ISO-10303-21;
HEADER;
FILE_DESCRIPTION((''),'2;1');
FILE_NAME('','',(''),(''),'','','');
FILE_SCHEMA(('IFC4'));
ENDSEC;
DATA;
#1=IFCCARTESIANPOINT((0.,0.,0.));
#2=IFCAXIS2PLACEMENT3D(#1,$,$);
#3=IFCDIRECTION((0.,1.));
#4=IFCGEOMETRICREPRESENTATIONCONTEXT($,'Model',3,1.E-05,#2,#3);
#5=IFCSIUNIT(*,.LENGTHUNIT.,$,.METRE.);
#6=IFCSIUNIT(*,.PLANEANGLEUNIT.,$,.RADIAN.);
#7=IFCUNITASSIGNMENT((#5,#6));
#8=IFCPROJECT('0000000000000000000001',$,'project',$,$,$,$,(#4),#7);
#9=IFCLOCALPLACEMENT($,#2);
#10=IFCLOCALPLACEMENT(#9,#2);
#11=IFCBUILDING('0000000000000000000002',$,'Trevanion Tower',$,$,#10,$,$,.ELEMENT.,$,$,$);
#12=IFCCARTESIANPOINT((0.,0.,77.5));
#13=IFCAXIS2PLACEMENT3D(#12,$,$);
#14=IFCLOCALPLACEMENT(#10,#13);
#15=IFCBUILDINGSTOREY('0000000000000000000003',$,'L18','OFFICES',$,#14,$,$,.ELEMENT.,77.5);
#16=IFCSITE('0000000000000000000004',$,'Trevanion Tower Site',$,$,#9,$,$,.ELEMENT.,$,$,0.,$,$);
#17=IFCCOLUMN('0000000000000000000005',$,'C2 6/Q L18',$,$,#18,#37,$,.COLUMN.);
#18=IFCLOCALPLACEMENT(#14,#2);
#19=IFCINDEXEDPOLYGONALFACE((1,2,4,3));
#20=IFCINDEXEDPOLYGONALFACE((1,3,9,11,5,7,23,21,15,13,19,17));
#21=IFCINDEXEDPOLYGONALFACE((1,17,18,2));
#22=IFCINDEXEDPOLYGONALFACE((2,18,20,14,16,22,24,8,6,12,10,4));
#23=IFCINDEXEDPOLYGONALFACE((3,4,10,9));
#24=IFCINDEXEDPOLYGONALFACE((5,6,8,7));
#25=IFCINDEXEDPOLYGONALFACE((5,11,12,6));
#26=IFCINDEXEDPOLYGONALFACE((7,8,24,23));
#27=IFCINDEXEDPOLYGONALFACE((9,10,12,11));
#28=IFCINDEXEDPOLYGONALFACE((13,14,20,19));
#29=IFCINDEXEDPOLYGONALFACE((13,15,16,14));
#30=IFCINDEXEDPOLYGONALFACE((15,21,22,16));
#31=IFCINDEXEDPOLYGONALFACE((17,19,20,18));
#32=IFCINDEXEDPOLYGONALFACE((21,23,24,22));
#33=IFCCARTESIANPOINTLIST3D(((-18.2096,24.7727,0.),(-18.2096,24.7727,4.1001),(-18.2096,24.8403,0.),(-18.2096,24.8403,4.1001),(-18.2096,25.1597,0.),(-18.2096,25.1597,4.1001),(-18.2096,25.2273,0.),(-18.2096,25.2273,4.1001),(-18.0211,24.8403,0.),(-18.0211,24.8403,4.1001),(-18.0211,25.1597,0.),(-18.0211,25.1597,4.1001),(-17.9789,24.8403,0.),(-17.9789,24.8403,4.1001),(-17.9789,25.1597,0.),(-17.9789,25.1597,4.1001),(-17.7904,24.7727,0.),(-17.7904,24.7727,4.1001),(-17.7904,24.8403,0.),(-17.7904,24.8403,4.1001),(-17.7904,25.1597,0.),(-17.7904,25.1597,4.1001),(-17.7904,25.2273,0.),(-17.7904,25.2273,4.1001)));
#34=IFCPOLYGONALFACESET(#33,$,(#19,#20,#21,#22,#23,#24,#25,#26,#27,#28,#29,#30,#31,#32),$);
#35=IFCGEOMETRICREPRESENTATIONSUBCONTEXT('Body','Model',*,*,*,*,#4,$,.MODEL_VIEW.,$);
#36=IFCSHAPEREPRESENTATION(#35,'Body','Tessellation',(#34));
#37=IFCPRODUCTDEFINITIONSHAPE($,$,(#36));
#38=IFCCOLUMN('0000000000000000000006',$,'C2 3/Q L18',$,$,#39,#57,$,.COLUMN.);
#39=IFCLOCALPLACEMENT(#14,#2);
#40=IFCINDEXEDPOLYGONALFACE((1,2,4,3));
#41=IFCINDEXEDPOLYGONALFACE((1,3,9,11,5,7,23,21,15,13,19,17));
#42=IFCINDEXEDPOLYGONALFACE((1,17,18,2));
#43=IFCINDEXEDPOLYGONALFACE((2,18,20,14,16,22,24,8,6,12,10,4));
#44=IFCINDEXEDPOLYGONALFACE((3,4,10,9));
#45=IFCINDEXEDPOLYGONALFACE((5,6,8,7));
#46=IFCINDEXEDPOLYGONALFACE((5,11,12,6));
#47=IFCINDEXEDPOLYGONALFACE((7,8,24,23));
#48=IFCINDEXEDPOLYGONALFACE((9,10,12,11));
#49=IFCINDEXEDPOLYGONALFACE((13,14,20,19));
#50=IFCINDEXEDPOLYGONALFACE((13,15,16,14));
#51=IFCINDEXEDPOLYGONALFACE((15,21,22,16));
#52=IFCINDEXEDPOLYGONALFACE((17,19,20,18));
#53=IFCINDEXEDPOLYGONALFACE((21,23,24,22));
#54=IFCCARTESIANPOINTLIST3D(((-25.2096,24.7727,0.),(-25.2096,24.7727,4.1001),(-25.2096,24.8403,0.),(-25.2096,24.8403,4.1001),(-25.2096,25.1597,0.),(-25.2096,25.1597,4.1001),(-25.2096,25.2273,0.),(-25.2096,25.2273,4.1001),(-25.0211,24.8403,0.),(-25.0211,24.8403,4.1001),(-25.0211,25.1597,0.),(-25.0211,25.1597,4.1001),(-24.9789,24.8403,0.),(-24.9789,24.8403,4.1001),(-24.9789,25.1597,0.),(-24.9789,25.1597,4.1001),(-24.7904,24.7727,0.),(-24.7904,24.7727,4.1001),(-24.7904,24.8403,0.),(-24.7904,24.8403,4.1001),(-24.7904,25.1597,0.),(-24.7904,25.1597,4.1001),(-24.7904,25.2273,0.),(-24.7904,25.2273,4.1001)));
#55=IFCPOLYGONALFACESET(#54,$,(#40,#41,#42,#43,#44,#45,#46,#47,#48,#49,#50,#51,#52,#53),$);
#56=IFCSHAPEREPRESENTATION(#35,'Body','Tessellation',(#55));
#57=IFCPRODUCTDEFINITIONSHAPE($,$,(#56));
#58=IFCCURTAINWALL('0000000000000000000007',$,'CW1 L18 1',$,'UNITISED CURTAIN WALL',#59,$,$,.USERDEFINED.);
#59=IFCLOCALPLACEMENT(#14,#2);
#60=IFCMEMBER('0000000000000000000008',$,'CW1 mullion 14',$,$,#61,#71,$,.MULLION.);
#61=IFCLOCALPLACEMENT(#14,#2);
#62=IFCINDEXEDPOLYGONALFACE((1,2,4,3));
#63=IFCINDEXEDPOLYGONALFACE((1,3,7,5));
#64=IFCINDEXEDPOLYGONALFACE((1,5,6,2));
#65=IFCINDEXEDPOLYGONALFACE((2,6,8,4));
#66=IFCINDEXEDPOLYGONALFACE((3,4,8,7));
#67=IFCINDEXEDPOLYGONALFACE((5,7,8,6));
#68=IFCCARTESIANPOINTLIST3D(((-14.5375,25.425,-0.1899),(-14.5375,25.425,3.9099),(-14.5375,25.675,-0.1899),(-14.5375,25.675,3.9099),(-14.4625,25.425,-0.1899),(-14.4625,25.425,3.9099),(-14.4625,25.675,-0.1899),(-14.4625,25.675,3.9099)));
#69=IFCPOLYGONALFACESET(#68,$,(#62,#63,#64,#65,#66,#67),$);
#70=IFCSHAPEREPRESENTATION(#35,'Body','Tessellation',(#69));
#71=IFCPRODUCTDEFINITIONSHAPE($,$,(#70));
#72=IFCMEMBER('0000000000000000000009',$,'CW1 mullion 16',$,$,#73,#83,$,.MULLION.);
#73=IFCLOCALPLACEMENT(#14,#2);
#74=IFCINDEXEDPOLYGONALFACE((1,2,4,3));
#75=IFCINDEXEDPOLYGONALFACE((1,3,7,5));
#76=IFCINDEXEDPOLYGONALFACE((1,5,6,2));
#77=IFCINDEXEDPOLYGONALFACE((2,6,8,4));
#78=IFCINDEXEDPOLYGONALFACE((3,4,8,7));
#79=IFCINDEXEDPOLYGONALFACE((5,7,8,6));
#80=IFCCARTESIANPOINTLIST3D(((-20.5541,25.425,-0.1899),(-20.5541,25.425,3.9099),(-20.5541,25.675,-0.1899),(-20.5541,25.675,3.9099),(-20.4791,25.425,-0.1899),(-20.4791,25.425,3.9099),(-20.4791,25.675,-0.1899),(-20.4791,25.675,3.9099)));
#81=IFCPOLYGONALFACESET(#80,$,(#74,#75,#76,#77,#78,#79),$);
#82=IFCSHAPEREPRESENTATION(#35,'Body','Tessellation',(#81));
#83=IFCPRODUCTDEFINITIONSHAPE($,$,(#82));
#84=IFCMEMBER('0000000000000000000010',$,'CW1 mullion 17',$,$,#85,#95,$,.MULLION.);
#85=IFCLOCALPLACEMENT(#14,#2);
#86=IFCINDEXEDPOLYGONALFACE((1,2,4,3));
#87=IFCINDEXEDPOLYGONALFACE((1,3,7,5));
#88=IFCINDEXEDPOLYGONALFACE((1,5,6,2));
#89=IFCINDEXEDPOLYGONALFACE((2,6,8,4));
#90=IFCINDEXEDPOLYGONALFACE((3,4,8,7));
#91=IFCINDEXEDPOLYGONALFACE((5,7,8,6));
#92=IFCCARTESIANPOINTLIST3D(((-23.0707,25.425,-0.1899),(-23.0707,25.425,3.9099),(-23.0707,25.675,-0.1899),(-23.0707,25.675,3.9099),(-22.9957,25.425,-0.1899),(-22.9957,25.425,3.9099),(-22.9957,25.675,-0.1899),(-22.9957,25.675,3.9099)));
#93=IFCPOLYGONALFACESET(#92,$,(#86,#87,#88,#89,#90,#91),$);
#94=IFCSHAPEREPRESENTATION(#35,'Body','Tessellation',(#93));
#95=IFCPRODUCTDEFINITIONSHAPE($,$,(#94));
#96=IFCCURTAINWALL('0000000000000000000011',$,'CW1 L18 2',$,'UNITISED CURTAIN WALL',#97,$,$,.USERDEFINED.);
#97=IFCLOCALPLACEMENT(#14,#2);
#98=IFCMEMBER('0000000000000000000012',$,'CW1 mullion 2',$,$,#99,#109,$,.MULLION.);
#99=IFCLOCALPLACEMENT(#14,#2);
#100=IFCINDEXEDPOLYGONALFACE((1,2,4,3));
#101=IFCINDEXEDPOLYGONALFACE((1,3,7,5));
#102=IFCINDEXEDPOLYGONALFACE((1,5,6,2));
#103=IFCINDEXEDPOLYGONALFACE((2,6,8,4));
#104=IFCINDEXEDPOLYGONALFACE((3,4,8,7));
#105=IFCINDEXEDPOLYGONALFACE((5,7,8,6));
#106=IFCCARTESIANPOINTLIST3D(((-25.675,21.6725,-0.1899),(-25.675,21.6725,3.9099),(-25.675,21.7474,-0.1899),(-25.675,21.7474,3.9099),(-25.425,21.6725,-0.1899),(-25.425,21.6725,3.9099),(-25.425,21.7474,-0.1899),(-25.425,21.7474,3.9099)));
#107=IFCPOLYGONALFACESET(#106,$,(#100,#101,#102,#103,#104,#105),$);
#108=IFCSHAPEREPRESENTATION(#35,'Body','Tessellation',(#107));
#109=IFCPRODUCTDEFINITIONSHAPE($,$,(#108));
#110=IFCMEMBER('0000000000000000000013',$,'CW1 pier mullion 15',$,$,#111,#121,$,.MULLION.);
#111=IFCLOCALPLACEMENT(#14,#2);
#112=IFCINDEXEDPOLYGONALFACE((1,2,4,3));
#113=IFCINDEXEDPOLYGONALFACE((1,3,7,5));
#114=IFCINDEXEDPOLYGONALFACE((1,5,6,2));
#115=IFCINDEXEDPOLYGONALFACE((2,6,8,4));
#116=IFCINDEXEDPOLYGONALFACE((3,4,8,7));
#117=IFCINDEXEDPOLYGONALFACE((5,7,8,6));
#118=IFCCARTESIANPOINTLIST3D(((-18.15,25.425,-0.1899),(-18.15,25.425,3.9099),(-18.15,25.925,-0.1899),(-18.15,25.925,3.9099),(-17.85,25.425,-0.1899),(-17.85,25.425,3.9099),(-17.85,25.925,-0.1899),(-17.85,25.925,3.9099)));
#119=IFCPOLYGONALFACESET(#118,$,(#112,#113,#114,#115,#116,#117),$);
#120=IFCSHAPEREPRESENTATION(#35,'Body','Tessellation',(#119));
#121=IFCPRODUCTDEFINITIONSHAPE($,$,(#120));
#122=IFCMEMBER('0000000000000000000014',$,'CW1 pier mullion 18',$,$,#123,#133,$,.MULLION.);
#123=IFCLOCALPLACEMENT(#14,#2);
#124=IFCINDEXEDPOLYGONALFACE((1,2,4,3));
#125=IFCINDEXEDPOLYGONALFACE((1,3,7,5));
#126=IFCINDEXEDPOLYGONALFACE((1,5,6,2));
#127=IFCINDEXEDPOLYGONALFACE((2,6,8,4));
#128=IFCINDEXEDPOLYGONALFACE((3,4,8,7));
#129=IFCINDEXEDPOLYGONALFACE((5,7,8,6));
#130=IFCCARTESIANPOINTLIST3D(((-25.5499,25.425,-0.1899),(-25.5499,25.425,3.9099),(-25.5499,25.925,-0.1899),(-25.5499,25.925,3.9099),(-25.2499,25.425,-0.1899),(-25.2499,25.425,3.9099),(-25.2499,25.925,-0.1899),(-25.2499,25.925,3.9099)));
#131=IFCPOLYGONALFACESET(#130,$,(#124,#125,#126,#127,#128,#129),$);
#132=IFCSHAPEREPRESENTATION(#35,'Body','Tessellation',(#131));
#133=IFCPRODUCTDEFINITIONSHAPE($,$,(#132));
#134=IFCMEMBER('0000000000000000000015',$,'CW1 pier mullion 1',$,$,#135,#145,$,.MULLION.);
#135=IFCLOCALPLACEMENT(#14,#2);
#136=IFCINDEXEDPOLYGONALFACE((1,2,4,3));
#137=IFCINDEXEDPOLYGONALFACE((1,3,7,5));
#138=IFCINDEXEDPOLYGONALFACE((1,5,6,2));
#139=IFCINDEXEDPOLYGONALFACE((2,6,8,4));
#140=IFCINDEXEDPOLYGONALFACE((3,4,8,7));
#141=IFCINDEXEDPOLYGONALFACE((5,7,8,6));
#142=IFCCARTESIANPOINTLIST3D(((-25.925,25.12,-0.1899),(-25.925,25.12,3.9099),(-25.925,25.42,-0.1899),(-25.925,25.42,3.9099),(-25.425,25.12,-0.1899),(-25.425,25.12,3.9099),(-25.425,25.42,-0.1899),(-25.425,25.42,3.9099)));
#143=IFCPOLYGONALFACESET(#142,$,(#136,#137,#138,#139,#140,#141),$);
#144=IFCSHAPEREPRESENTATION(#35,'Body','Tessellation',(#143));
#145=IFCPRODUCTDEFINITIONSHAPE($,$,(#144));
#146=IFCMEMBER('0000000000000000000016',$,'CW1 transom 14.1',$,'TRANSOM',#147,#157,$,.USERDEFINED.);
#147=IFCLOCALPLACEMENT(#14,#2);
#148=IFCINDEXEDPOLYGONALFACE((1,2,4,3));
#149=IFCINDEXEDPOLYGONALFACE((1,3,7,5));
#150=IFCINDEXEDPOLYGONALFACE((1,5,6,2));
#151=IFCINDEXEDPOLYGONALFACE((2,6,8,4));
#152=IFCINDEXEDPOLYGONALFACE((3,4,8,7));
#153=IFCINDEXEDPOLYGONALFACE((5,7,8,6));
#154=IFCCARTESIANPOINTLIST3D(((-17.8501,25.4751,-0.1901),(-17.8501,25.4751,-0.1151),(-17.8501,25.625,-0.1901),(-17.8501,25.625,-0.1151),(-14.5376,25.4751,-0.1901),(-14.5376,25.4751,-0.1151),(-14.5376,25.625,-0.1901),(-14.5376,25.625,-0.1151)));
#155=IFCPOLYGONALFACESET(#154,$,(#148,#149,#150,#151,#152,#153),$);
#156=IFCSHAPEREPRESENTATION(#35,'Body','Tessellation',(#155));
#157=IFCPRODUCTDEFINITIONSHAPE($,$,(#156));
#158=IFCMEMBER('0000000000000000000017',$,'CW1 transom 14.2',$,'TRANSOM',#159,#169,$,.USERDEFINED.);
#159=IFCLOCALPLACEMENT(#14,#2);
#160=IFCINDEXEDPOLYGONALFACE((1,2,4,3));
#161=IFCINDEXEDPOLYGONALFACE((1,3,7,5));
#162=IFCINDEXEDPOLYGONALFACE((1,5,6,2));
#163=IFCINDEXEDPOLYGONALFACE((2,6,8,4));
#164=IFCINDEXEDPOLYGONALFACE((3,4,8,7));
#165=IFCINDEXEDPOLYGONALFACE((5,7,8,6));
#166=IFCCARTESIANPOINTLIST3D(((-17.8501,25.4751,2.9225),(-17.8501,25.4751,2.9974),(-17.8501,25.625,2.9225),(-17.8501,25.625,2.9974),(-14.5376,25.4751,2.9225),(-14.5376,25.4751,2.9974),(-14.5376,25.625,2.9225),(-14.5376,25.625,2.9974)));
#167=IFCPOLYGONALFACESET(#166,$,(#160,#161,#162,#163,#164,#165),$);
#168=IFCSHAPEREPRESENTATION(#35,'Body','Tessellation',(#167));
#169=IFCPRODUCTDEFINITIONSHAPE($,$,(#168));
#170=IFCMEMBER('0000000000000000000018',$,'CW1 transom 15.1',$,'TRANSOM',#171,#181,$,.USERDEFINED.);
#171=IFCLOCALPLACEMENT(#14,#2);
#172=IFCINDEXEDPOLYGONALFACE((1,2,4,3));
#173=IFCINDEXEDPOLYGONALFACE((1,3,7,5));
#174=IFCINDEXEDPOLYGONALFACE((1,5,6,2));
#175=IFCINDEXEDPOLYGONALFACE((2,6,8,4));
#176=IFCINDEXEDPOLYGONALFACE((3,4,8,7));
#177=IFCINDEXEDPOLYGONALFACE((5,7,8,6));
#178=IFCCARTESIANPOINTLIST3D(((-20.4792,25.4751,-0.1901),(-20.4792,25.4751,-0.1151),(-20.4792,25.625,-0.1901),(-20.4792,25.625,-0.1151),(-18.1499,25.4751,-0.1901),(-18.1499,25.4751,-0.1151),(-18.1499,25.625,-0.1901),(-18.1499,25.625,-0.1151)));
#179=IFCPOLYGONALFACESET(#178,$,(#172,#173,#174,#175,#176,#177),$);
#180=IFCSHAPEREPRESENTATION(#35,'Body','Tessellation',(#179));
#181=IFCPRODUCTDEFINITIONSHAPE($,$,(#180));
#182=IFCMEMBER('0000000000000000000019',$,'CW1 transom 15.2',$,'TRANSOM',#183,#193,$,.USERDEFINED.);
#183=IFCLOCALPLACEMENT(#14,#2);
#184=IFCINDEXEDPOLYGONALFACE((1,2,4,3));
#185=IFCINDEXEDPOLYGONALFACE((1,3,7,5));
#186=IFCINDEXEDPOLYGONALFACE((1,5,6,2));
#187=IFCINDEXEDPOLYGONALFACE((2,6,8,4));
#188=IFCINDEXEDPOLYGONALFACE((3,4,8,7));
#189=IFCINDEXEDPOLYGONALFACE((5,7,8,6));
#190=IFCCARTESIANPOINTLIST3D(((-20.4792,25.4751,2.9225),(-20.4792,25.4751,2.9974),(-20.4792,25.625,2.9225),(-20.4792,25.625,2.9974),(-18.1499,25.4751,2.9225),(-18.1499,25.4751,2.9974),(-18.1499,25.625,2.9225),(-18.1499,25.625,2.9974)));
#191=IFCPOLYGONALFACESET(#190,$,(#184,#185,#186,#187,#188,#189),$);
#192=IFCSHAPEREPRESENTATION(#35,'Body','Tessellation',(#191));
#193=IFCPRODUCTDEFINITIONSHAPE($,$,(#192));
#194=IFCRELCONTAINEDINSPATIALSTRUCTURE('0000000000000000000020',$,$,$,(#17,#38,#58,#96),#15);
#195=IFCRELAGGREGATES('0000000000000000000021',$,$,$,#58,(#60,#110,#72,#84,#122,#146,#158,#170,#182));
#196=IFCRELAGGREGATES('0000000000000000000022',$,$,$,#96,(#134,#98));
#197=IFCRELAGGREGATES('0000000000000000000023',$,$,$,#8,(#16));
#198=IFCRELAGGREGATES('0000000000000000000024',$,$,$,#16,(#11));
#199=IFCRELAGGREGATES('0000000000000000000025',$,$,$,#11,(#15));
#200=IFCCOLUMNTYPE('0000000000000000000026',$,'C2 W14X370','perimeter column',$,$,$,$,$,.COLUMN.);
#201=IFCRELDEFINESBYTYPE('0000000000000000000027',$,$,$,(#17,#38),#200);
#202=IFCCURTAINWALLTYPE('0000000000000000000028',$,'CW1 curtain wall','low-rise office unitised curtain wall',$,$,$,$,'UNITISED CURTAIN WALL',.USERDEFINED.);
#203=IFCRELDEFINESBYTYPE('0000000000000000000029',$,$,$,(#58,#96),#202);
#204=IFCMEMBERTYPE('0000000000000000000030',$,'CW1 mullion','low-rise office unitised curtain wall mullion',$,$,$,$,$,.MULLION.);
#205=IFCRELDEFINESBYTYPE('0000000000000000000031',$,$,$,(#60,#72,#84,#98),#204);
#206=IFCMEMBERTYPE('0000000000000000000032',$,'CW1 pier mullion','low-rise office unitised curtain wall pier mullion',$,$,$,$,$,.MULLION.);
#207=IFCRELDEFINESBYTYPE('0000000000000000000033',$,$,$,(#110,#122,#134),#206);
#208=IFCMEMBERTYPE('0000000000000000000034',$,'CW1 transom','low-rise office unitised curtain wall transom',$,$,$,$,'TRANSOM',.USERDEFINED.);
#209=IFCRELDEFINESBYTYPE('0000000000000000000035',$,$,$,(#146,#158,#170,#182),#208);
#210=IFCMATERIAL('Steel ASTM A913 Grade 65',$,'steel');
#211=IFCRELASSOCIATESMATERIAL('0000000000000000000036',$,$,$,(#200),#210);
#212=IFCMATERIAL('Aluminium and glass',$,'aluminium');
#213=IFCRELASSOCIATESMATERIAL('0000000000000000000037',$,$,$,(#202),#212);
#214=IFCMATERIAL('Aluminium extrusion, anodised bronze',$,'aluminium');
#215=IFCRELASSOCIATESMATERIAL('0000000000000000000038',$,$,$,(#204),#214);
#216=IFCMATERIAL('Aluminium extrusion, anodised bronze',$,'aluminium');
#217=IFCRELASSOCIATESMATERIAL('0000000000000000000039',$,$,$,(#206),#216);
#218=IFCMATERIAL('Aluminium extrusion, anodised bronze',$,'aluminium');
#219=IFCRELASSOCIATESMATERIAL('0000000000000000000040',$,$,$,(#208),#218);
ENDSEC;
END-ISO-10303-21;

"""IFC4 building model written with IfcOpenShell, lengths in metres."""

from ifc_helpers import new_model, si_unit, direction, frame, origin, origin_2d, place, context, subcontext, project, spatial, rectangle, i_section, extrude, material, material_profile, profile_set, type_object, element, aggregate, save


model = new_model("IFC4")

# Units and contexts
model_context = context("Model", 3, precision=1e-05, world=origin(), true_north=direction((0.0, 1.0)))
body_context = subcontext(model_context, "Body", "Model", "MODEL_VIEW")
ifc_project = project(units=[si_unit("LENGTHUNIT", "METRE"), si_unit("PLANEANGLEUNIT", "RADIAN")], contexts=[model_context])

# Site, building, storey
site_placement = place(None, origin())
site = spatial("IfcSite", under=ifc_project, at=site_placement, Name="Trevanion Tower Site", CompositionType="ELEMENT", RefElevation=0.0)
building_placement = place(site_placement, origin())
building = spatial("IfcBuilding", under=site, at=building_placement, Name="Trevanion Tower", CompositionType="ELEMENT")
storey_placement = place(building_placement, frame((0.0, 0.0, 77.5)))
storey = spatial("IfcBuildingStorey", under=building, at=storey_placement, Name="L18", Description="OFFICES", CompositionType="ELEMENT", Elevation=77.5)

# Columns
ifc_material_1 = material(Name="Steel ASTM A913 Grade 65", Category="steel")
ifc_material_profile_1 = material_profile(ifc_material_1, i_section(OverallWidth=0.4192, OverallDepth=0.4546, WebThickness=0.0422, FlangeThickness=0.0676, at=origin_2d()), Name="W14X370")
ifc_profile_set_1 = profile_set([ifc_material_profile_1], Name="Steel ASTM A913 Grade 65")
column_type = type_object("IfcColumnType", Name="C2 W14X370", Description="perimeter column", PredefinedType="COLUMN", material=ifc_profile_set_1)
for number, where, z_axis, x_axis, name in (
    (1, (-18.0, 25.0, 0.0), (0.0, 0.0, 1.0), (1.0, 0.0, 0.0), "C2 6/Q L18"),
    (2, (-25.0, 25.0, 0.0), (0.0, 0.0, 1.0), (1.0, 0.0, 0.0), "C2 3/Q L18"),
):
    element("IfcColumn", number, at=place(storey_placement, frame(where, z_axis=z_axis, x_axis=x_axis)), inside=storey, type_object=column_type, Name=name, PredefinedType="COLUMN", context=body_context, shape_type="SweptSolid", body=[
        extrude(i_section(OverallWidth=0.4192, OverallDepth=0.4546, WebThickness=0.0422, FlangeThickness=0.0676, at=origin_2d()), origin(), (0.0, 0.0, 1.0), 4.1001),
    ])

# Curtain wall, members
ifc_material_2 = material(Name="Aluminium and glass", Category="aluminium")
curtain_wall_type = type_object("IfcCurtainWallType", Name="CW1 curtain wall", Description="low-rise office unitised curtain wall", ElementType="UNITISED CURTAIN WALL", PredefinedType="USERDEFINED", material=ifc_material_2)
curtain_wall_1_placement = place(storey_placement, origin())
curtain_wall_1 = element("IfcCurtainWall", 3, at=curtain_wall_1_placement, inside=storey, type_object=curtain_wall_type, Name="CW1 L18 1", ObjectType="UNITISED CURTAIN WALL", PredefinedType="USERDEFINED")
ifc_material_3 = material(Name="Aluminium extrusion, anodised bronze", Category="aluminium")
ifc_material_profile_2 = material_profile(ifc_material_3, rectangle(XDim=0.075, YDim=0.25, at=origin_2d()), Name="CW1 mullion")
ifc_profile_set_2 = profile_set([ifc_material_profile_2], Name="Aluminium extrusion, anodised bronze")
member_type_1 = type_object("IfcMemberType", Name="CW1 mullion", Description="low-rise office unitised curtain wall mullion", PredefinedType="MULLION", material=ifc_profile_set_2)
member_1_placement = place(storey_placement, frame((-14.5, 25.55, -0.1899), z_axis=(0.0, 0.0, 1.0), x_axis=(-1.0, 0.0, 0.0)))
member_1 = element("IfcMember", 4, at=member_1_placement, type_object=member_type_1, Name="CW1 mullion 14", PredefinedType="MULLION", context=body_context, shape_type="SweptSolid", body=[
    extrude(rectangle(XDim=0.075, YDim=0.25, at=origin_2d()), origin(), (0.0, 0.0, 1.0), 4.0999),
])
member_2_placement = place(storey_placement, frame((-20.5166, 25.55, -0.1899), z_axis=(0.0, 0.0, 1.0), x_axis=(-1.0, 0.0, 0.0)))
member_2 = element("IfcMember", 5, at=member_2_placement, type_object=member_type_1, Name="CW1 mullion 16", PredefinedType="MULLION", context=body_context, shape_type="SweptSolid", body=[
    extrude(rectangle(XDim=0.075, YDim=0.25, at=origin_2d()), origin(), (0.0, 0.0, 1.0), 4.0999),
])
member_3_placement = place(storey_placement, frame((-23.0332, 25.55, -0.1899), z_axis=(0.0, 0.0, 1.0), x_axis=(-1.0, 0.0, 0.0)))
member_3 = element("IfcMember", 6, at=member_3_placement, type_object=member_type_1, Name="CW1 mullion 17", PredefinedType="MULLION", context=body_context, shape_type="SweptSolid", body=[
    extrude(rectangle(XDim=0.075, YDim=0.25, at=origin_2d()), origin(), (0.0, 0.0, 1.0), 4.0999),
])

# Curtain wall, member
curtain_wall_2_placement = place(storey_placement, origin())
curtain_wall_2 = element("IfcCurtainWall", 7, at=curtain_wall_2_placement, inside=storey, type_object=curtain_wall_type, Name="CW1 L18 2", ObjectType="UNITISED CURTAIN WALL", PredefinedType="USERDEFINED")
member_4_placement = place(storey_placement, frame((-25.55, 21.71, -0.1899), z_axis=(0.0, 0.0, 1.0), x_axis=(0.0, -1.0, 0.0)))
member_4 = element("IfcMember", 8, at=member_4_placement, type_object=member_type_1, Name="CW1 mullion 2", PredefinedType="MULLION", context=body_context, shape_type="SweptSolid", body=[
    extrude(rectangle(XDim=0.075, YDim=0.25, at=origin_2d()), origin(), (0.0, 0.0, 1.0), 4.0999),
])

# Members
ifc_material_4 = material(Name="Aluminium extrusion, anodised bronze", Category="aluminium")
ifc_material_profile_3 = material_profile(ifc_material_4, rectangle(XDim=0.3, YDim=0.5, at=origin_2d()), Name="CW1 pier mullion")
ifc_profile_set_3 = profile_set([ifc_material_profile_3], Name="Aluminium extrusion, anodised bronze")
member_type_2 = type_object("IfcMemberType", Name="CW1 pier mullion", Description="low-rise office unitised curtain wall pier mullion", PredefinedType="MULLION", material=ifc_profile_set_3)
member_5_placement = place(storey_placement, frame((-18.0, 25.675, -0.1899), z_axis=(0.0, 0.0, 1.0), x_axis=(-1.0, 0.0, 0.0)))
member_5 = element("IfcMember", 9, at=member_5_placement, type_object=member_type_2, Name="CW1 pier mullion 15", PredefinedType="MULLION", context=body_context, shape_type="SweptSolid", body=[
    extrude(rectangle(XDim=0.3, YDim=0.5, at=origin_2d()), origin(), (0.0, 0.0, 1.0), 4.0999),
])
member_6_placement = place(storey_placement, frame((-25.3999, 25.675, -0.1899), z_axis=(0.0, 0.0, 1.0), x_axis=(-1.0, 0.0, 0.0)))
member_6 = element("IfcMember", 10, at=member_6_placement, type_object=member_type_2, Name="CW1 pier mullion 18", PredefinedType="MULLION", context=body_context, shape_type="SweptSolid", body=[
    extrude(rectangle(XDim=0.3, YDim=0.5, at=origin_2d()), origin(), (0.0, 0.0, 1.0), 4.0999),
])
member_7_placement = place(storey_placement, frame((-25.675, 25.27, -0.1899), z_axis=(0.0, 0.0, 1.0), x_axis=(0.0, -1.0, 0.0)))
member_7 = element("IfcMember", 11, at=member_7_placement, type_object=member_type_2, Name="CW1 pier mullion 1", PredefinedType="MULLION", context=body_context, shape_type="SweptSolid", body=[
    extrude(rectangle(XDim=0.3, YDim=0.5, at=origin_2d()), origin(), (0.0, 0.0, 1.0), 4.0999),
])
ifc_material_5 = material(Name="Aluminium extrusion, anodised bronze", Category="aluminium")
ifc_material_profile_4 = material_profile(ifc_material_5, rectangle(XDim=0.1499, YDim=0.075, at=origin_2d()), Name="CW1 transom")
ifc_profile_set_4 = profile_set([ifc_material_profile_4], Name="Aluminium extrusion, anodised bronze")
member_type_3 = type_object("IfcMemberType", Name="CW1 transom", Description="low-rise office unitised curtain wall transom", ElementType="TRANSOM", PredefinedType="USERDEFINED", material=ifc_profile_set_4)
member_8_placement = place(storey_placement, frame((-14.5376, 25.55, -0.1526), z_axis=(-1.0, 0.0, 0.0), x_axis=(0.0, -1.0, 0.0)))
member_8 = element("IfcMember", 12, at=member_8_placement, type_object=member_type_3, Name="CW1 transom 14.1", ObjectType="TRANSOM", PredefinedType="USERDEFINED", context=body_context, shape_type="SweptSolid", body=[
    extrude(rectangle(XDim=0.1499, YDim=0.075, at=origin_2d()), origin(), (0.0, 0.0, 1.0), 3.3125),
])
member_9_placement = place(storey_placement, frame((-14.5376, 25.55, 2.96), z_axis=(-1.0, 0.0, 0.0), x_axis=(0.0, -1.0, 0.0)))
member_9 = element("IfcMember", 13, at=member_9_placement, type_object=member_type_3, Name="CW1 transom 14.2", ObjectType="TRANSOM", PredefinedType="USERDEFINED", context=body_context, shape_type="SweptSolid", body=[
    extrude(rectangle(XDim=0.1499, YDim=0.075, at=origin_2d()), origin(), (0.0, 0.0, 1.0), 3.3125),
])
member_10_placement = place(storey_placement, frame((-18.1499, 25.55, -0.1526), z_axis=(-1.0, 0.0, 0.0), x_axis=(0.0, -1.0, 0.0)))
member_10 = element("IfcMember", 14, at=member_10_placement, type_object=member_type_3, Name="CW1 transom 15.1", ObjectType="TRANSOM", PredefinedType="USERDEFINED", context=body_context, shape_type="SweptSolid", body=[
    extrude(rectangle(XDim=0.1499, YDim=0.075, at=origin_2d()), origin(), (0.0, 0.0, 1.0), 2.3293),
])
member_11_placement = place(storey_placement, frame((-18.1499, 25.55, 2.96), z_axis=(-1.0, 0.0, 0.0), x_axis=(0.0, -1.0, 0.0)))
member_11 = element("IfcMember", 15, at=member_11_placement, type_object=member_type_3, Name="CW1 transom 15.2", ObjectType="TRANSOM", PredefinedType="USERDEFINED", context=body_context, shape_type="SweptSolid", body=[
    extrude(rectangle(XDim=0.1499, YDim=0.075, at=origin_2d()), origin(), (0.0, 0.0, 1.0), 2.3293),
])

aggregate(curtain_wall_1, [member_1, member_5, member_2, member_3, member_6, member_8, member_9, member_10, member_11])
aggregate(curtain_wall_2, [member_7, member_4])

save(model, "model.ifc")
